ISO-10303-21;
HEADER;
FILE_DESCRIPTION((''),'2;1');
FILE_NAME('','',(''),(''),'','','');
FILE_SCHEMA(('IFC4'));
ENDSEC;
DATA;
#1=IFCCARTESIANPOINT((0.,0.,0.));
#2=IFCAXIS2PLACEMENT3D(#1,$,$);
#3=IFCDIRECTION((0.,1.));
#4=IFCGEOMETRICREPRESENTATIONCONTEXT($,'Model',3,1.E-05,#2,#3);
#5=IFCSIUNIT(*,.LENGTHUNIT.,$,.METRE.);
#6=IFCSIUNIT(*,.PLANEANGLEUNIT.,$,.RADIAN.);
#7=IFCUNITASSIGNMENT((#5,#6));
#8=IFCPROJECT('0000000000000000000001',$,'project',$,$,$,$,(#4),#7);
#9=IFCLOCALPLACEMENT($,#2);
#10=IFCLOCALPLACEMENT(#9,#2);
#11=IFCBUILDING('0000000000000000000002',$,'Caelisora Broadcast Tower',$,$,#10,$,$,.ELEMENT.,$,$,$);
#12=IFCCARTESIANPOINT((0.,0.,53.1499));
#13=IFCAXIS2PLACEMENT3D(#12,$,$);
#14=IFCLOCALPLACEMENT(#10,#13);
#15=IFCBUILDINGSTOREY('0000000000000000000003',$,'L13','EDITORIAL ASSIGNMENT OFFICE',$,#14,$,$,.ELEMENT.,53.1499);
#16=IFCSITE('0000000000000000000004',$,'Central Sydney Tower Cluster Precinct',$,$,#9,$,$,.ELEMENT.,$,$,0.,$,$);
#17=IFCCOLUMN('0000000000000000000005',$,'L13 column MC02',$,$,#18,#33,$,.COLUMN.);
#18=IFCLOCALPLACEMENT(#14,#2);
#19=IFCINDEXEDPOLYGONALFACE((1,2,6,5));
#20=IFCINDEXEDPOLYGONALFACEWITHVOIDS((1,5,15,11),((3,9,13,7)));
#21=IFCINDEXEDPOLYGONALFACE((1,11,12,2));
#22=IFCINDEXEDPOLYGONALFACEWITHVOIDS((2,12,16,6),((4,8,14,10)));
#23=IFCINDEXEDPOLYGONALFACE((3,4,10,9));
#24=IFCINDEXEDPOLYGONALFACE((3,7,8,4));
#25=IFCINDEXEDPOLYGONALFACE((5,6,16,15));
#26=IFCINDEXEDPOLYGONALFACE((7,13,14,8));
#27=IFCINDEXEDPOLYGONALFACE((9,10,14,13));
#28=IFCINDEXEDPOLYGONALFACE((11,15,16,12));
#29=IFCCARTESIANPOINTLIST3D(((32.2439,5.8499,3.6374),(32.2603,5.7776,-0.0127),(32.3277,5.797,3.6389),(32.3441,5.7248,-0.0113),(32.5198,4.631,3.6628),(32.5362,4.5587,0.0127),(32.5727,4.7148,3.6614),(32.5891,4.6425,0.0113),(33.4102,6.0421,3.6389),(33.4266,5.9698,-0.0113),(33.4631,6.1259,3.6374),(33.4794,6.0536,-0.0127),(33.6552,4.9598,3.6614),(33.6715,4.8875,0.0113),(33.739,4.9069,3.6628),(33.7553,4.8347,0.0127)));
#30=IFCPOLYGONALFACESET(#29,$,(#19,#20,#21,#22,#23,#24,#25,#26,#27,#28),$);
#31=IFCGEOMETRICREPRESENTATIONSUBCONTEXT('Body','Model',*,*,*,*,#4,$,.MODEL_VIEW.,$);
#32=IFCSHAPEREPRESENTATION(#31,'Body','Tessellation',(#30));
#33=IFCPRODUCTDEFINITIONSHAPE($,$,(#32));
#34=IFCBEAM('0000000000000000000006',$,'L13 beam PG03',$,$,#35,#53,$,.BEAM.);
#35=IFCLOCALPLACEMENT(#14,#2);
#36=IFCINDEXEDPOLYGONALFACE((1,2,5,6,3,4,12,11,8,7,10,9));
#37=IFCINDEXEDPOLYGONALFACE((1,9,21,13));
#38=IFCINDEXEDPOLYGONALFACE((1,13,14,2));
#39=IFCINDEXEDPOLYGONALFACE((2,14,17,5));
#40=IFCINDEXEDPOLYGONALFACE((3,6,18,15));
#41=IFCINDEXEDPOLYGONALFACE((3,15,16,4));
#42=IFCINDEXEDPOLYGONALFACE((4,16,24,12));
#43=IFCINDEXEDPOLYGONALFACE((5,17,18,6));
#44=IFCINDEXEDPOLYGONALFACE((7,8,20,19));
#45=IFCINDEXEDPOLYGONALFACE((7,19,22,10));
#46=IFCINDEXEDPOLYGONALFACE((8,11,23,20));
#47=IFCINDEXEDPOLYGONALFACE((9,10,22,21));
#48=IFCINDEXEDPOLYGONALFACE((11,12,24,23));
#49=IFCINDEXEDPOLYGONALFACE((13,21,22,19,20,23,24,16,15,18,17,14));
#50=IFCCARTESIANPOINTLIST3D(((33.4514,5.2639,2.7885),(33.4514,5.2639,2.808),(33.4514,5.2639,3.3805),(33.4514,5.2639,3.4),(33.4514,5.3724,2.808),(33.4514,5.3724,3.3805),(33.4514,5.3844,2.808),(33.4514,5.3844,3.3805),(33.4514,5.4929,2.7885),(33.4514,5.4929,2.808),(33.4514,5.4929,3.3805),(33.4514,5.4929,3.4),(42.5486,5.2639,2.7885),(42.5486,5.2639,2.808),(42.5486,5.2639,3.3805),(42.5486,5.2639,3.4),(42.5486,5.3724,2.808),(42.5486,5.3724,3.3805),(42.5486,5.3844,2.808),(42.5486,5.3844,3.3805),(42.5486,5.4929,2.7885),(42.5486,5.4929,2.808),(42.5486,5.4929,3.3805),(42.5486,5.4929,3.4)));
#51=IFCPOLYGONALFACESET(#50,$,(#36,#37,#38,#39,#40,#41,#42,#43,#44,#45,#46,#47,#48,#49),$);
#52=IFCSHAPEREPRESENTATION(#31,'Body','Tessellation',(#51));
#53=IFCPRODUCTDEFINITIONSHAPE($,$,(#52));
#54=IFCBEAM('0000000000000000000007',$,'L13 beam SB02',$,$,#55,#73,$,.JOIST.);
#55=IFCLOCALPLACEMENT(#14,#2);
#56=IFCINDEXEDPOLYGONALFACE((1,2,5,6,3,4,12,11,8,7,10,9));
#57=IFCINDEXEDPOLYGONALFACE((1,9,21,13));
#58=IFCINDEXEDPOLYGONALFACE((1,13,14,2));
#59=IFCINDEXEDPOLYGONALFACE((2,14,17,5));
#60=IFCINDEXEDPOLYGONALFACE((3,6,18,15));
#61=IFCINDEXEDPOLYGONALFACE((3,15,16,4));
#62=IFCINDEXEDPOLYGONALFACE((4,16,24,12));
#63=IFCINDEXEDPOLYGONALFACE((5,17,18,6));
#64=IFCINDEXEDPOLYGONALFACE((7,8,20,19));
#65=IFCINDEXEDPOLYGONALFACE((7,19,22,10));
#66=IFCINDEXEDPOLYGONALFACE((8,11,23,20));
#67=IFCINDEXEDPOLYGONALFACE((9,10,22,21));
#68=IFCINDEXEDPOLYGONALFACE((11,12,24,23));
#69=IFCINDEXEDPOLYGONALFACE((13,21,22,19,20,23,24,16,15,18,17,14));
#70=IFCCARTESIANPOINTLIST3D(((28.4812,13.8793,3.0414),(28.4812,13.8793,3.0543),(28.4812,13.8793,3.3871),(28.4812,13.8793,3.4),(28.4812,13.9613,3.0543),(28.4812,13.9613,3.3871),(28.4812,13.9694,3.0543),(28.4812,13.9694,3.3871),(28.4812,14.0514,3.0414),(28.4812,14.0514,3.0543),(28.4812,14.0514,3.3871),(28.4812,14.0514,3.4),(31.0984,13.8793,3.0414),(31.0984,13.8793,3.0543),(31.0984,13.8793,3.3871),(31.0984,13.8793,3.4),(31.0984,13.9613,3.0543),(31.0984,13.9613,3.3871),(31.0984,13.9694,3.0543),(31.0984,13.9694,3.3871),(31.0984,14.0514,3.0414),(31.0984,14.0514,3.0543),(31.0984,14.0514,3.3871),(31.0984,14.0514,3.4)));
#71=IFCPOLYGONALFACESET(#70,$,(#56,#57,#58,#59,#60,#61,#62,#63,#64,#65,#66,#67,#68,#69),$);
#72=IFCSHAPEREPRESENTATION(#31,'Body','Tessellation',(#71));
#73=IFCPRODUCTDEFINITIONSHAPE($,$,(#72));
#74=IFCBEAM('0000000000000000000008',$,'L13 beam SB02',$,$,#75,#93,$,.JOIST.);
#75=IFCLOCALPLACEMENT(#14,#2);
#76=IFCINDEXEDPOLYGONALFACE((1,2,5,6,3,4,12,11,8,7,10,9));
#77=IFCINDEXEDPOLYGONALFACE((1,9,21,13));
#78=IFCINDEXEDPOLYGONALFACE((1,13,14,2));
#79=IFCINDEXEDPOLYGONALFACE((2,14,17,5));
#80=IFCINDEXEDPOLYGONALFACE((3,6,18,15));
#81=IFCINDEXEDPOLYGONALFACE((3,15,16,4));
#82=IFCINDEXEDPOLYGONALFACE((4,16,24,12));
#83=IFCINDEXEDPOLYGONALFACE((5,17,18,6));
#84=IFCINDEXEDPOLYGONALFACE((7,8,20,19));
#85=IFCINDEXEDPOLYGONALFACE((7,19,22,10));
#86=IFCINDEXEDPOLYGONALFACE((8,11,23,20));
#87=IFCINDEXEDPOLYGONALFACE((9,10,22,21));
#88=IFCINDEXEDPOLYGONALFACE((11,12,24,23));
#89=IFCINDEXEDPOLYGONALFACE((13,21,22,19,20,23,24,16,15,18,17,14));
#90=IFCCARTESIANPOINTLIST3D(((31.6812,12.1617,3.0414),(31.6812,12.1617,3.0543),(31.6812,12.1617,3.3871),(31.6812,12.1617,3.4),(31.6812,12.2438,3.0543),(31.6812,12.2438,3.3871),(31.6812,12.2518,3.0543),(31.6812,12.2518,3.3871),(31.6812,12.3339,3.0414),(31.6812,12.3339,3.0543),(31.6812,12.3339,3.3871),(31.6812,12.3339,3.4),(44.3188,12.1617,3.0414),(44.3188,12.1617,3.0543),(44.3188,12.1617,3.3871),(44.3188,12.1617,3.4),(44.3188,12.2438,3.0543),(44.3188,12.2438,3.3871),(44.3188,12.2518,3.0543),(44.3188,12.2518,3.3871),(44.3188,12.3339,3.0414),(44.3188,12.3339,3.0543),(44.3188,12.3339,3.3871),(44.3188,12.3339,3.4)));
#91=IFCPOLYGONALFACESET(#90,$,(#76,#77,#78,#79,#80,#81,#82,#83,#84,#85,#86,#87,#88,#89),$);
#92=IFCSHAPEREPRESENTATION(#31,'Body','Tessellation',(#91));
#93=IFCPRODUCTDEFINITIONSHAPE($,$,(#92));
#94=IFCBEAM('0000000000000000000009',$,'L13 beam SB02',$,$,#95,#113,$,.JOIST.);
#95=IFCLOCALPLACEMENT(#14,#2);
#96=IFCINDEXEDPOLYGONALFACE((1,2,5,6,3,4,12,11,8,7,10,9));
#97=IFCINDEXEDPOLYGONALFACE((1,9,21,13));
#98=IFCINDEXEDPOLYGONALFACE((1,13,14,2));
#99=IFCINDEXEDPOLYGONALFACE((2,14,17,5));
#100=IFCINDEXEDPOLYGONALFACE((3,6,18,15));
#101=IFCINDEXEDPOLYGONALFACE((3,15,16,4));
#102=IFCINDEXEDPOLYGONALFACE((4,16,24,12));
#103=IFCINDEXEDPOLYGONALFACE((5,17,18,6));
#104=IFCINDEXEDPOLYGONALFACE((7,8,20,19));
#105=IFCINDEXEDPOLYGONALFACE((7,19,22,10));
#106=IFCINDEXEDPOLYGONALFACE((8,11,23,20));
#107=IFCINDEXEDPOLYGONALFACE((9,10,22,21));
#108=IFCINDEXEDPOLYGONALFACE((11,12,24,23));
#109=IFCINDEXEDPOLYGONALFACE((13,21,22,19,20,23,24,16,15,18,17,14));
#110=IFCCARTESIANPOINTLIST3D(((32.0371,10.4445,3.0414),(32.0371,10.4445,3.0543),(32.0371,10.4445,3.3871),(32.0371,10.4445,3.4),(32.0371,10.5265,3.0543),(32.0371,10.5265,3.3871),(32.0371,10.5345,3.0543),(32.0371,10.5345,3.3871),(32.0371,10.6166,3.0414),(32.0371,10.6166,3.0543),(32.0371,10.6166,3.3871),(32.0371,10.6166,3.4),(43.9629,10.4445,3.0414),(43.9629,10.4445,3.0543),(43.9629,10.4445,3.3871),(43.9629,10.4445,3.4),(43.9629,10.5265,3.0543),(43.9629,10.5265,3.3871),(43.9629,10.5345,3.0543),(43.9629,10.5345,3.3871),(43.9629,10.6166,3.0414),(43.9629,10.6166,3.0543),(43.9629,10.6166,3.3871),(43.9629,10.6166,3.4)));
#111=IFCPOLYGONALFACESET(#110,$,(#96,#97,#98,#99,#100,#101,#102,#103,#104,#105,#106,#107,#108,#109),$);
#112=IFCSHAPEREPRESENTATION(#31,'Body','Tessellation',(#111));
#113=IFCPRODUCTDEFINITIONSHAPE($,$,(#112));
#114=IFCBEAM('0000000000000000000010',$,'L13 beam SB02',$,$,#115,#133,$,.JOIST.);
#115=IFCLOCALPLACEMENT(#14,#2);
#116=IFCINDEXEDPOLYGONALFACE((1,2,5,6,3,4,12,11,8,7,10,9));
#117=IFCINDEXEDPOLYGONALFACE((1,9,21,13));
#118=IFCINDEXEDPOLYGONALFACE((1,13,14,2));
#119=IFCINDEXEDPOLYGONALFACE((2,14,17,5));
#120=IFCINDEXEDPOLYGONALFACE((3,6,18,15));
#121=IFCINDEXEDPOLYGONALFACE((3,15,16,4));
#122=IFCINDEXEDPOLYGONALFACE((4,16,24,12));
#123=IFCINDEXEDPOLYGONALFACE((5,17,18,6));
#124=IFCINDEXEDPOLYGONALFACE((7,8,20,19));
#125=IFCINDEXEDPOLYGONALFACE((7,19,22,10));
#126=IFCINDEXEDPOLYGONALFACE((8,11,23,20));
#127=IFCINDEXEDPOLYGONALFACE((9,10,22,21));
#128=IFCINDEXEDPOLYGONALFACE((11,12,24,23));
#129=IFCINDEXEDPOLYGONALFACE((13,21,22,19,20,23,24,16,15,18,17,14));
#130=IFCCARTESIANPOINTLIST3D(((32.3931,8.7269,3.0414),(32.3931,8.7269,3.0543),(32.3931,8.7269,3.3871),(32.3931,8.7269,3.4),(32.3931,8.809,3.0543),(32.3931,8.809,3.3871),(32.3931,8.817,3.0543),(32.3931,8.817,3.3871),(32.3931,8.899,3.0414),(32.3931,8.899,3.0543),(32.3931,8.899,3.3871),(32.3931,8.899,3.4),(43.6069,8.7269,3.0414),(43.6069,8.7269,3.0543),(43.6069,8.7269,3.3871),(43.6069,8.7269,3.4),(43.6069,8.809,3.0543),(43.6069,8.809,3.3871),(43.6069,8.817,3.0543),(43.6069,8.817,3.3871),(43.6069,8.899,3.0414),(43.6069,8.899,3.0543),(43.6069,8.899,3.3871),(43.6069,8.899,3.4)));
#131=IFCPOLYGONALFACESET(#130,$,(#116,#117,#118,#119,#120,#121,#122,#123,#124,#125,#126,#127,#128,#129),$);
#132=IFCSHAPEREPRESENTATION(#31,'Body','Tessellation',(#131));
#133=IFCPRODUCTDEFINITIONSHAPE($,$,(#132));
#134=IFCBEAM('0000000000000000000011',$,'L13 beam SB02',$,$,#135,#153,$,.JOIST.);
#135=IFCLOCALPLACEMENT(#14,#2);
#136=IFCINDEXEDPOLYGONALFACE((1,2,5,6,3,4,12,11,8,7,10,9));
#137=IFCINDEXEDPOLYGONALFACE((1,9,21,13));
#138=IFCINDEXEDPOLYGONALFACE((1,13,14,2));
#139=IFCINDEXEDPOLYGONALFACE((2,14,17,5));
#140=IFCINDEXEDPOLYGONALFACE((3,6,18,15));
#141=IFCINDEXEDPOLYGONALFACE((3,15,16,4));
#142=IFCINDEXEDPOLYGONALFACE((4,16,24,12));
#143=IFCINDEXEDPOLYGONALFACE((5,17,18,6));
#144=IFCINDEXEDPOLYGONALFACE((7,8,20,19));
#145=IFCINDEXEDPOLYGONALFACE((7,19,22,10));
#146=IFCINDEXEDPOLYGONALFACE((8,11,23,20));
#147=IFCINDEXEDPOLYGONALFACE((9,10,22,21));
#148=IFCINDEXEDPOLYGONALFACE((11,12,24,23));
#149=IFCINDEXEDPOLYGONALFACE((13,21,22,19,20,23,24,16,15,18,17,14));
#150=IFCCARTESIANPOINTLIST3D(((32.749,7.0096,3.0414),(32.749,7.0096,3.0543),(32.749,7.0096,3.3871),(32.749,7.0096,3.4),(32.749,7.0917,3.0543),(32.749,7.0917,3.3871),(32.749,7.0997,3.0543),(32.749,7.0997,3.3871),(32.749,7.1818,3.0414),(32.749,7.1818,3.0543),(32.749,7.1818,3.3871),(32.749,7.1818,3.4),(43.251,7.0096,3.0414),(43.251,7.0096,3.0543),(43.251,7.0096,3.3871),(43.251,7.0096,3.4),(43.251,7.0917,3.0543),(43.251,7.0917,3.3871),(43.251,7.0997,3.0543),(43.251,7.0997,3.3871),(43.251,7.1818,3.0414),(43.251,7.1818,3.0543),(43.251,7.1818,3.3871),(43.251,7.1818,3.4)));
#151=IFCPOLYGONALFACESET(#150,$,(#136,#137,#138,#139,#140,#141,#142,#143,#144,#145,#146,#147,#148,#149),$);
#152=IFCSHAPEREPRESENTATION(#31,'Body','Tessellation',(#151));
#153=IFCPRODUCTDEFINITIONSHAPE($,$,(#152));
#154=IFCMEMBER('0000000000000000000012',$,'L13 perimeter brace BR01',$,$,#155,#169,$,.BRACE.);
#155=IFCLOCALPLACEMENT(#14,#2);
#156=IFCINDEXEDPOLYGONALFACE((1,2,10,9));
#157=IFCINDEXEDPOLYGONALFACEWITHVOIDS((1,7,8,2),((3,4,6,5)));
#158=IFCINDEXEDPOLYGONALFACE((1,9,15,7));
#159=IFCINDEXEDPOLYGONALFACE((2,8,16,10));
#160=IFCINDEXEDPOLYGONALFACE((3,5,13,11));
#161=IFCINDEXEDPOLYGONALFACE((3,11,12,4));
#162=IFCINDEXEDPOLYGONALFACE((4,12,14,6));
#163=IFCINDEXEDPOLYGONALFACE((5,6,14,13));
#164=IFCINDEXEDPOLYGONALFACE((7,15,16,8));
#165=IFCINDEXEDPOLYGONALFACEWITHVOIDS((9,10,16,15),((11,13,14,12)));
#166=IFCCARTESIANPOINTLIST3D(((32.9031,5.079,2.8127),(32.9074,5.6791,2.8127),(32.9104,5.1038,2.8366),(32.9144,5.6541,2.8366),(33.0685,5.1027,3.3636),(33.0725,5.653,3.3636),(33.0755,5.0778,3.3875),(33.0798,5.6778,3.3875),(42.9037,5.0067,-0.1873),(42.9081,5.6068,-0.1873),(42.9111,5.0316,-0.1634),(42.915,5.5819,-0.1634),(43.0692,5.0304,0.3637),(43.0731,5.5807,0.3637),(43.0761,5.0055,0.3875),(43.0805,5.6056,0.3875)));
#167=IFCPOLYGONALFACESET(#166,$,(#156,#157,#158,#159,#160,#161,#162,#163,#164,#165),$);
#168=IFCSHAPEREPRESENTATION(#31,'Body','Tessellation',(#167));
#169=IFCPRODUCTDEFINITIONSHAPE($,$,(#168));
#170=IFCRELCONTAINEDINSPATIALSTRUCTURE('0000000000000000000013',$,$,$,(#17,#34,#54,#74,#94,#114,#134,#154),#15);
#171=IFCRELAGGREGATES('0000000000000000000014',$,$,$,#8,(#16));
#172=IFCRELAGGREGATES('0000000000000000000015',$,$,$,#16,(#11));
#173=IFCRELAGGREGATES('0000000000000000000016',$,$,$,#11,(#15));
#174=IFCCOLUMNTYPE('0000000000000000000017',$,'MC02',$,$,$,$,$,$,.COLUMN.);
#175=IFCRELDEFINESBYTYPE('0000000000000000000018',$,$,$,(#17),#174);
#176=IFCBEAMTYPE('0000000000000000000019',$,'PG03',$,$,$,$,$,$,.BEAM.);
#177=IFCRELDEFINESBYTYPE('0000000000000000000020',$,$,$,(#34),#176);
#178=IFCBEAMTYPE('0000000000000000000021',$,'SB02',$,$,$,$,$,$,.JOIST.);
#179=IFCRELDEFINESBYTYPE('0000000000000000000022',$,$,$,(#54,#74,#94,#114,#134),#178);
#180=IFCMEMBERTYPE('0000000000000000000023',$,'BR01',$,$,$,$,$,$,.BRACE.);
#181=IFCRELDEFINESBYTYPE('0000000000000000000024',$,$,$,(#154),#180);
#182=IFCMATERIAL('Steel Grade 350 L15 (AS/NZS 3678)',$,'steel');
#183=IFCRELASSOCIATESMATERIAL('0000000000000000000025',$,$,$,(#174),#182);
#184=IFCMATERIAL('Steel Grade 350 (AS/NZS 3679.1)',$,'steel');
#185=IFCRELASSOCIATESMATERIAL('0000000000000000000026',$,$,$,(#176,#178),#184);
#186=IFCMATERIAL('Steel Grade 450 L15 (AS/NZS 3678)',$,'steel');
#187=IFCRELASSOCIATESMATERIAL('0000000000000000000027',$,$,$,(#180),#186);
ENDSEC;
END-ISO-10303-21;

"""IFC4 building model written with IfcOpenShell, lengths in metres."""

from ifc_helpers import new_model, si_unit, direction, frame, origin, origin_2d, place, context, subcontext, project, spatial, hollow_rectangle, i_section, extrude, source, transform, mapped, material, material_profile, profile_set, type_object, type_shapes, element, save


model = new_model("IFC4")

# Units and contexts
model_context = context("Model", 3, precision=1e-05, world=origin(), true_north=direction((0.0, 1.0)))
body_context = subcontext(model_context, "Body", "Model", "MODEL_VIEW")
ifc_project = project(units=[si_unit("LENGTHUNIT", "METRE"), si_unit("PLANEANGLEUNIT", "RADIAN")], contexts=[model_context])

# Site, building, storey
site_placement = place(None, origin())
site = spatial("IfcSite", under=ifc_project, at=site_placement, Name="Central Sydney Tower Cluster Precinct", CompositionType="ELEMENT", RefElevation=0.0)
building_placement = place(site_placement, origin())
building = spatial("IfcBuilding", under=site, at=building_placement, Name="Caelisora Broadcast Tower", CompositionType="ELEMENT")
storey_placement = place(building_placement, frame((0.0, 0.0, 53.1499)))
storey = spatial("IfcBuildingStorey", under=building, at=storey_placement, Name="L13", Description="EDITORIAL ASSIGNMENT OFFICE", CompositionType="ELEMENT", Elevation=53.1499)

# Column
ifc_material_1 = material(Name="Steel Grade 350 L15 (AS/NZS 3678)", Category="steel")
ifc_material_profile_1 = material_profile(ifc_material_1, hollow_rectangle(XDim=1.25, YDim=1.25, WallThickness=0.0701, at=origin_2d()), Name="Steel Grade 350 L15 (AS/NZS 3678)")
ifc_profile_set_1 = profile_set([ifc_material_profile_1], Name="Steel Grade 350 L15 (AS/NZS 3678)")
column_type = type_object("IfcColumnType", Name="MC02", PredefinedType="COLUMN", material=ifc_profile_set_1)
shared_shape_1 = source(origin(), body_context, "Body", "SweptSolid", [
    extrude(hollow_rectangle(XDim=1.25, YDim=1.25, WallThickness=0.0701, at=origin_2d()), origin(), (0.0, 0.0, 1.0), 3.6509),
])
type_shapes(column_type, [shared_shape_1])
column_placement = place(storey_placement, frame((33.0078, 5.3062, 0.0), z_axis=(-0.00448, 0.019794, 0.999794), x_axis=(-0.975327, -0.220767, 0.0)))
element("IfcColumn", 1, at=column_placement, inside=storey, type_object=column_type, Name="L13 column MC02", PredefinedType="COLUMN", context=body_context, shape_type="MappedRepresentation", body=[
    mapped(shared_shape_1, transform((0.0, 0.0, 0.0), scale=1.0)),
])

# Beams
ifc_material_2 = material(Name="Steel Grade 350 (AS/NZS 3679.1)", Category="steel")
ifc_material_profile_2 = material_profile(ifc_material_2, i_section(OverallWidth=0.229, OverallDepth=0.6116, WebThickness=0.012, FlangeThickness=0.0195, at=origin_2d()), Name="Steel Grade 350 (AS/NZS 3679.1)")
ifc_profile_set_2 = profile_set([ifc_material_profile_2], Name="Steel Grade 350 (AS/NZS 3679.1)")
beam_type_1 = type_object("IfcBeamType", Name="PG03", PredefinedType="BEAM", material=ifc_profile_set_2)
shared_shape_2 = source(origin(), body_context, "Body", "SweptSolid", [
    extrude(i_section(OverallWidth=0.229, OverallDepth=0.6116, WebThickness=0.012, FlangeThickness=0.0195, at=origin_2d()), origin(), (0.0, 0.0, 1.0), 9.0972),
])
type_shapes(beam_type_1, [shared_shape_2])
beam_1_placement = place(storey_placement, frame((33.4514, 5.3784, 3.0942), z_axis=(1.0, 0.0, 0.0), x_axis=(0.0, 1.0, 0.0)))
element("IfcBeam", 2, at=beam_1_placement, inside=storey, type_object=beam_type_1, Name="L13 beam PG03", PredefinedType="BEAM", context=body_context, shape_type="MappedRepresentation", body=[
    mapped(shared_shape_2, transform((0.0, 0.0, 0.0), scale=1.0)),
])
ifc_material_profile_3 = material_profile(ifc_material_2, i_section(OverallWidth=0.1721, OverallDepth=0.3586, WebThickness=0.0081, FlangeThickness=0.0129, at=origin_2d()), Name="Steel Grade 350 (AS/NZS 3679.1)")
ifc_profile_set_3 = profile_set([ifc_material_profile_3], Name="Steel Grade 350 (AS/NZS 3679.1)")
beam_type_2 = type_object("IfcBeamType", Name="SB02", PredefinedType="JOIST", material=ifc_profile_set_3)
shared_shape_3 = source(origin(), body_context, "Body", "SweptSolid", [
    extrude(i_section(OverallWidth=0.1721, OverallDepth=0.3586, WebThickness=0.0081, FlangeThickness=0.0129, at=origin_2d()), origin(), (0.0, 0.0, 1.0), 2.6172),
])
beam_2_placement = place(storey_placement, frame((28.4812, 13.9653, 3.2207), z_axis=(1.0, 0.0, 0.0), x_axis=(0.0, 1.0, 0.0)))
element("IfcBeam", 3, at=beam_2_placement, inside=storey, type_object=beam_type_2, Name="L13 beam SB02", PredefinedType="JOIST", context=body_context, shape_type="MappedRepresentation", body=[
    mapped(shared_shape_3, transform((0.0, 0.0, 0.0), scale=1.0)),
])
shared_shape_4 = source(origin(), body_context, "Body", "SweptSolid", [
    extrude(i_section(OverallWidth=0.1721, OverallDepth=0.3586, WebThickness=0.0081, FlangeThickness=0.0129, at=origin_2d()), origin(), (0.0, 0.0, 1.0), 12.6377),
])
beam_3_placement = place(storey_placement, frame((31.6812, 12.2478, 3.2207), z_axis=(1.0, 0.0, 0.0), x_axis=(0.0, 1.0, 0.0)))
element("IfcBeam", 4, at=beam_3_placement, inside=storey, type_object=beam_type_2, Name="L13 beam SB02", PredefinedType="JOIST", context=body_context, shape_type="MappedRepresentation", body=[
    mapped(shared_shape_4, transform((0.0, 0.0, 0.0), scale=1.0)),
])
shared_shape_5 = source(origin(), body_context, "Body", "SweptSolid", [
    extrude(i_section(OverallWidth=0.1721, OverallDepth=0.3586, WebThickness=0.0081, FlangeThickness=0.0129, at=origin_2d()), origin(), (0.0, 0.0, 1.0), 11.9258),
])
beam_4_placement = place(storey_placement, frame((32.0371, 10.5305, 3.2207), z_axis=(1.0, 0.0, 0.0), x_axis=(0.0, 1.0, 0.0)))
element("IfcBeam", 5, at=beam_4_placement, inside=storey, type_object=beam_type_2, Name="L13 beam SB02", PredefinedType="JOIST", context=body_context, shape_type="MappedRepresentation", body=[
    mapped(shared_shape_5, transform((0.0, 0.0, 0.0), scale=1.0)),
])
shared_shape_6 = source(origin(), body_context, "Body", "SweptSolid", [
    extrude(i_section(OverallWidth=0.1721, OverallDepth=0.3586, WebThickness=0.0081, FlangeThickness=0.0129, at=origin_2d()), origin(), (0.0, 0.0, 1.0), 11.2139),
])
beam_5_placement = place(storey_placement, frame((32.3931, 8.813, 3.2207), z_axis=(1.0, 0.0, 0.0), x_axis=(0.0, 1.0, 0.0)))
element("IfcBeam", 6, at=beam_5_placement, inside=storey, type_object=beam_type_2, Name="L13 beam SB02", PredefinedType="JOIST", context=body_context, shape_type="MappedRepresentation", body=[
    mapped(shared_shape_6, transform((0.0, 0.0, 0.0), scale=1.0)),
])
shared_shape_7 = source(origin(), body_context, "Body", "SweptSolid", [
    extrude(i_section(OverallWidth=0.1721, OverallDepth=0.3586, WebThickness=0.0081, FlangeThickness=0.0129, at=origin_2d()), origin(), (0.0, 0.0, 1.0), 10.502),
])
type_shapes(beam_type_2, [shared_shape_3, shared_shape_4, shared_shape_5, shared_shape_6, shared_shape_7])
beam_6_placement = place(storey_placement, frame((32.749, 7.0957, 3.2207), z_axis=(1.0, 0.0, 0.0), x_axis=(0.0, 1.0, 0.0)))
element("IfcBeam", 7, at=beam_6_placement, inside=storey, type_object=beam_type_2, Name="L13 beam SB02", PredefinedType="JOIST", context=body_context, shape_type="MappedRepresentation", body=[
    mapped(shared_shape_7, transform((0.0, 0.0, 0.0), scale=1.0)),
])

# Member
ifc_material_3 = material(Name="Steel Grade 450 L15 (AS/NZS 3678)", Category="steel")
ifc_material_profile_4 = material_profile(ifc_material_3, hollow_rectangle(XDim=0.6001, YDim=0.6001, WallThickness=0.0249, at=origin_2d()), Name="Steel Grade 450 L15 (AS/NZS 3678)")
ifc_profile_set_4 = profile_set([ifc_material_profile_4], Name="Steel Grade 450 L15 (AS/NZS 3678)")
member_type_1 = type_object("IfcMemberType", Name="BR01", PredefinedType="BRACE", material=ifc_profile_set_4)
shared_shape_8 = source(origin(), body_context, "Body", "SweptSolid", [
    extrude(hollow_rectangle(XDim=0.6001, YDim=0.6001, WallThickness=0.0249, at=origin_2d()), origin(), (0.0, 0.0, 1.0), 10.4412),
])
type_shapes(member_type_1, [shared_shape_8])
member_1_placement = place(storey_placement, frame((32.9915, 5.3784, 3.1001), z_axis=(0.957809, -0.006921, -0.287322), x_axis=(0.007226, 0.999974, 0.0)))
element("IfcMember", 8, at=member_1_placement, inside=storey, type_object=member_type_1, Name="L13 perimeter brace BR01", PredefinedType="BRACE", context=body_context, shape_type="MappedRepresentation", body=[
    mapped(shared_shape_8, transform((0.0, 0.0, 0.0), scale=1.0)),
])

save(model, "model.ifc")
